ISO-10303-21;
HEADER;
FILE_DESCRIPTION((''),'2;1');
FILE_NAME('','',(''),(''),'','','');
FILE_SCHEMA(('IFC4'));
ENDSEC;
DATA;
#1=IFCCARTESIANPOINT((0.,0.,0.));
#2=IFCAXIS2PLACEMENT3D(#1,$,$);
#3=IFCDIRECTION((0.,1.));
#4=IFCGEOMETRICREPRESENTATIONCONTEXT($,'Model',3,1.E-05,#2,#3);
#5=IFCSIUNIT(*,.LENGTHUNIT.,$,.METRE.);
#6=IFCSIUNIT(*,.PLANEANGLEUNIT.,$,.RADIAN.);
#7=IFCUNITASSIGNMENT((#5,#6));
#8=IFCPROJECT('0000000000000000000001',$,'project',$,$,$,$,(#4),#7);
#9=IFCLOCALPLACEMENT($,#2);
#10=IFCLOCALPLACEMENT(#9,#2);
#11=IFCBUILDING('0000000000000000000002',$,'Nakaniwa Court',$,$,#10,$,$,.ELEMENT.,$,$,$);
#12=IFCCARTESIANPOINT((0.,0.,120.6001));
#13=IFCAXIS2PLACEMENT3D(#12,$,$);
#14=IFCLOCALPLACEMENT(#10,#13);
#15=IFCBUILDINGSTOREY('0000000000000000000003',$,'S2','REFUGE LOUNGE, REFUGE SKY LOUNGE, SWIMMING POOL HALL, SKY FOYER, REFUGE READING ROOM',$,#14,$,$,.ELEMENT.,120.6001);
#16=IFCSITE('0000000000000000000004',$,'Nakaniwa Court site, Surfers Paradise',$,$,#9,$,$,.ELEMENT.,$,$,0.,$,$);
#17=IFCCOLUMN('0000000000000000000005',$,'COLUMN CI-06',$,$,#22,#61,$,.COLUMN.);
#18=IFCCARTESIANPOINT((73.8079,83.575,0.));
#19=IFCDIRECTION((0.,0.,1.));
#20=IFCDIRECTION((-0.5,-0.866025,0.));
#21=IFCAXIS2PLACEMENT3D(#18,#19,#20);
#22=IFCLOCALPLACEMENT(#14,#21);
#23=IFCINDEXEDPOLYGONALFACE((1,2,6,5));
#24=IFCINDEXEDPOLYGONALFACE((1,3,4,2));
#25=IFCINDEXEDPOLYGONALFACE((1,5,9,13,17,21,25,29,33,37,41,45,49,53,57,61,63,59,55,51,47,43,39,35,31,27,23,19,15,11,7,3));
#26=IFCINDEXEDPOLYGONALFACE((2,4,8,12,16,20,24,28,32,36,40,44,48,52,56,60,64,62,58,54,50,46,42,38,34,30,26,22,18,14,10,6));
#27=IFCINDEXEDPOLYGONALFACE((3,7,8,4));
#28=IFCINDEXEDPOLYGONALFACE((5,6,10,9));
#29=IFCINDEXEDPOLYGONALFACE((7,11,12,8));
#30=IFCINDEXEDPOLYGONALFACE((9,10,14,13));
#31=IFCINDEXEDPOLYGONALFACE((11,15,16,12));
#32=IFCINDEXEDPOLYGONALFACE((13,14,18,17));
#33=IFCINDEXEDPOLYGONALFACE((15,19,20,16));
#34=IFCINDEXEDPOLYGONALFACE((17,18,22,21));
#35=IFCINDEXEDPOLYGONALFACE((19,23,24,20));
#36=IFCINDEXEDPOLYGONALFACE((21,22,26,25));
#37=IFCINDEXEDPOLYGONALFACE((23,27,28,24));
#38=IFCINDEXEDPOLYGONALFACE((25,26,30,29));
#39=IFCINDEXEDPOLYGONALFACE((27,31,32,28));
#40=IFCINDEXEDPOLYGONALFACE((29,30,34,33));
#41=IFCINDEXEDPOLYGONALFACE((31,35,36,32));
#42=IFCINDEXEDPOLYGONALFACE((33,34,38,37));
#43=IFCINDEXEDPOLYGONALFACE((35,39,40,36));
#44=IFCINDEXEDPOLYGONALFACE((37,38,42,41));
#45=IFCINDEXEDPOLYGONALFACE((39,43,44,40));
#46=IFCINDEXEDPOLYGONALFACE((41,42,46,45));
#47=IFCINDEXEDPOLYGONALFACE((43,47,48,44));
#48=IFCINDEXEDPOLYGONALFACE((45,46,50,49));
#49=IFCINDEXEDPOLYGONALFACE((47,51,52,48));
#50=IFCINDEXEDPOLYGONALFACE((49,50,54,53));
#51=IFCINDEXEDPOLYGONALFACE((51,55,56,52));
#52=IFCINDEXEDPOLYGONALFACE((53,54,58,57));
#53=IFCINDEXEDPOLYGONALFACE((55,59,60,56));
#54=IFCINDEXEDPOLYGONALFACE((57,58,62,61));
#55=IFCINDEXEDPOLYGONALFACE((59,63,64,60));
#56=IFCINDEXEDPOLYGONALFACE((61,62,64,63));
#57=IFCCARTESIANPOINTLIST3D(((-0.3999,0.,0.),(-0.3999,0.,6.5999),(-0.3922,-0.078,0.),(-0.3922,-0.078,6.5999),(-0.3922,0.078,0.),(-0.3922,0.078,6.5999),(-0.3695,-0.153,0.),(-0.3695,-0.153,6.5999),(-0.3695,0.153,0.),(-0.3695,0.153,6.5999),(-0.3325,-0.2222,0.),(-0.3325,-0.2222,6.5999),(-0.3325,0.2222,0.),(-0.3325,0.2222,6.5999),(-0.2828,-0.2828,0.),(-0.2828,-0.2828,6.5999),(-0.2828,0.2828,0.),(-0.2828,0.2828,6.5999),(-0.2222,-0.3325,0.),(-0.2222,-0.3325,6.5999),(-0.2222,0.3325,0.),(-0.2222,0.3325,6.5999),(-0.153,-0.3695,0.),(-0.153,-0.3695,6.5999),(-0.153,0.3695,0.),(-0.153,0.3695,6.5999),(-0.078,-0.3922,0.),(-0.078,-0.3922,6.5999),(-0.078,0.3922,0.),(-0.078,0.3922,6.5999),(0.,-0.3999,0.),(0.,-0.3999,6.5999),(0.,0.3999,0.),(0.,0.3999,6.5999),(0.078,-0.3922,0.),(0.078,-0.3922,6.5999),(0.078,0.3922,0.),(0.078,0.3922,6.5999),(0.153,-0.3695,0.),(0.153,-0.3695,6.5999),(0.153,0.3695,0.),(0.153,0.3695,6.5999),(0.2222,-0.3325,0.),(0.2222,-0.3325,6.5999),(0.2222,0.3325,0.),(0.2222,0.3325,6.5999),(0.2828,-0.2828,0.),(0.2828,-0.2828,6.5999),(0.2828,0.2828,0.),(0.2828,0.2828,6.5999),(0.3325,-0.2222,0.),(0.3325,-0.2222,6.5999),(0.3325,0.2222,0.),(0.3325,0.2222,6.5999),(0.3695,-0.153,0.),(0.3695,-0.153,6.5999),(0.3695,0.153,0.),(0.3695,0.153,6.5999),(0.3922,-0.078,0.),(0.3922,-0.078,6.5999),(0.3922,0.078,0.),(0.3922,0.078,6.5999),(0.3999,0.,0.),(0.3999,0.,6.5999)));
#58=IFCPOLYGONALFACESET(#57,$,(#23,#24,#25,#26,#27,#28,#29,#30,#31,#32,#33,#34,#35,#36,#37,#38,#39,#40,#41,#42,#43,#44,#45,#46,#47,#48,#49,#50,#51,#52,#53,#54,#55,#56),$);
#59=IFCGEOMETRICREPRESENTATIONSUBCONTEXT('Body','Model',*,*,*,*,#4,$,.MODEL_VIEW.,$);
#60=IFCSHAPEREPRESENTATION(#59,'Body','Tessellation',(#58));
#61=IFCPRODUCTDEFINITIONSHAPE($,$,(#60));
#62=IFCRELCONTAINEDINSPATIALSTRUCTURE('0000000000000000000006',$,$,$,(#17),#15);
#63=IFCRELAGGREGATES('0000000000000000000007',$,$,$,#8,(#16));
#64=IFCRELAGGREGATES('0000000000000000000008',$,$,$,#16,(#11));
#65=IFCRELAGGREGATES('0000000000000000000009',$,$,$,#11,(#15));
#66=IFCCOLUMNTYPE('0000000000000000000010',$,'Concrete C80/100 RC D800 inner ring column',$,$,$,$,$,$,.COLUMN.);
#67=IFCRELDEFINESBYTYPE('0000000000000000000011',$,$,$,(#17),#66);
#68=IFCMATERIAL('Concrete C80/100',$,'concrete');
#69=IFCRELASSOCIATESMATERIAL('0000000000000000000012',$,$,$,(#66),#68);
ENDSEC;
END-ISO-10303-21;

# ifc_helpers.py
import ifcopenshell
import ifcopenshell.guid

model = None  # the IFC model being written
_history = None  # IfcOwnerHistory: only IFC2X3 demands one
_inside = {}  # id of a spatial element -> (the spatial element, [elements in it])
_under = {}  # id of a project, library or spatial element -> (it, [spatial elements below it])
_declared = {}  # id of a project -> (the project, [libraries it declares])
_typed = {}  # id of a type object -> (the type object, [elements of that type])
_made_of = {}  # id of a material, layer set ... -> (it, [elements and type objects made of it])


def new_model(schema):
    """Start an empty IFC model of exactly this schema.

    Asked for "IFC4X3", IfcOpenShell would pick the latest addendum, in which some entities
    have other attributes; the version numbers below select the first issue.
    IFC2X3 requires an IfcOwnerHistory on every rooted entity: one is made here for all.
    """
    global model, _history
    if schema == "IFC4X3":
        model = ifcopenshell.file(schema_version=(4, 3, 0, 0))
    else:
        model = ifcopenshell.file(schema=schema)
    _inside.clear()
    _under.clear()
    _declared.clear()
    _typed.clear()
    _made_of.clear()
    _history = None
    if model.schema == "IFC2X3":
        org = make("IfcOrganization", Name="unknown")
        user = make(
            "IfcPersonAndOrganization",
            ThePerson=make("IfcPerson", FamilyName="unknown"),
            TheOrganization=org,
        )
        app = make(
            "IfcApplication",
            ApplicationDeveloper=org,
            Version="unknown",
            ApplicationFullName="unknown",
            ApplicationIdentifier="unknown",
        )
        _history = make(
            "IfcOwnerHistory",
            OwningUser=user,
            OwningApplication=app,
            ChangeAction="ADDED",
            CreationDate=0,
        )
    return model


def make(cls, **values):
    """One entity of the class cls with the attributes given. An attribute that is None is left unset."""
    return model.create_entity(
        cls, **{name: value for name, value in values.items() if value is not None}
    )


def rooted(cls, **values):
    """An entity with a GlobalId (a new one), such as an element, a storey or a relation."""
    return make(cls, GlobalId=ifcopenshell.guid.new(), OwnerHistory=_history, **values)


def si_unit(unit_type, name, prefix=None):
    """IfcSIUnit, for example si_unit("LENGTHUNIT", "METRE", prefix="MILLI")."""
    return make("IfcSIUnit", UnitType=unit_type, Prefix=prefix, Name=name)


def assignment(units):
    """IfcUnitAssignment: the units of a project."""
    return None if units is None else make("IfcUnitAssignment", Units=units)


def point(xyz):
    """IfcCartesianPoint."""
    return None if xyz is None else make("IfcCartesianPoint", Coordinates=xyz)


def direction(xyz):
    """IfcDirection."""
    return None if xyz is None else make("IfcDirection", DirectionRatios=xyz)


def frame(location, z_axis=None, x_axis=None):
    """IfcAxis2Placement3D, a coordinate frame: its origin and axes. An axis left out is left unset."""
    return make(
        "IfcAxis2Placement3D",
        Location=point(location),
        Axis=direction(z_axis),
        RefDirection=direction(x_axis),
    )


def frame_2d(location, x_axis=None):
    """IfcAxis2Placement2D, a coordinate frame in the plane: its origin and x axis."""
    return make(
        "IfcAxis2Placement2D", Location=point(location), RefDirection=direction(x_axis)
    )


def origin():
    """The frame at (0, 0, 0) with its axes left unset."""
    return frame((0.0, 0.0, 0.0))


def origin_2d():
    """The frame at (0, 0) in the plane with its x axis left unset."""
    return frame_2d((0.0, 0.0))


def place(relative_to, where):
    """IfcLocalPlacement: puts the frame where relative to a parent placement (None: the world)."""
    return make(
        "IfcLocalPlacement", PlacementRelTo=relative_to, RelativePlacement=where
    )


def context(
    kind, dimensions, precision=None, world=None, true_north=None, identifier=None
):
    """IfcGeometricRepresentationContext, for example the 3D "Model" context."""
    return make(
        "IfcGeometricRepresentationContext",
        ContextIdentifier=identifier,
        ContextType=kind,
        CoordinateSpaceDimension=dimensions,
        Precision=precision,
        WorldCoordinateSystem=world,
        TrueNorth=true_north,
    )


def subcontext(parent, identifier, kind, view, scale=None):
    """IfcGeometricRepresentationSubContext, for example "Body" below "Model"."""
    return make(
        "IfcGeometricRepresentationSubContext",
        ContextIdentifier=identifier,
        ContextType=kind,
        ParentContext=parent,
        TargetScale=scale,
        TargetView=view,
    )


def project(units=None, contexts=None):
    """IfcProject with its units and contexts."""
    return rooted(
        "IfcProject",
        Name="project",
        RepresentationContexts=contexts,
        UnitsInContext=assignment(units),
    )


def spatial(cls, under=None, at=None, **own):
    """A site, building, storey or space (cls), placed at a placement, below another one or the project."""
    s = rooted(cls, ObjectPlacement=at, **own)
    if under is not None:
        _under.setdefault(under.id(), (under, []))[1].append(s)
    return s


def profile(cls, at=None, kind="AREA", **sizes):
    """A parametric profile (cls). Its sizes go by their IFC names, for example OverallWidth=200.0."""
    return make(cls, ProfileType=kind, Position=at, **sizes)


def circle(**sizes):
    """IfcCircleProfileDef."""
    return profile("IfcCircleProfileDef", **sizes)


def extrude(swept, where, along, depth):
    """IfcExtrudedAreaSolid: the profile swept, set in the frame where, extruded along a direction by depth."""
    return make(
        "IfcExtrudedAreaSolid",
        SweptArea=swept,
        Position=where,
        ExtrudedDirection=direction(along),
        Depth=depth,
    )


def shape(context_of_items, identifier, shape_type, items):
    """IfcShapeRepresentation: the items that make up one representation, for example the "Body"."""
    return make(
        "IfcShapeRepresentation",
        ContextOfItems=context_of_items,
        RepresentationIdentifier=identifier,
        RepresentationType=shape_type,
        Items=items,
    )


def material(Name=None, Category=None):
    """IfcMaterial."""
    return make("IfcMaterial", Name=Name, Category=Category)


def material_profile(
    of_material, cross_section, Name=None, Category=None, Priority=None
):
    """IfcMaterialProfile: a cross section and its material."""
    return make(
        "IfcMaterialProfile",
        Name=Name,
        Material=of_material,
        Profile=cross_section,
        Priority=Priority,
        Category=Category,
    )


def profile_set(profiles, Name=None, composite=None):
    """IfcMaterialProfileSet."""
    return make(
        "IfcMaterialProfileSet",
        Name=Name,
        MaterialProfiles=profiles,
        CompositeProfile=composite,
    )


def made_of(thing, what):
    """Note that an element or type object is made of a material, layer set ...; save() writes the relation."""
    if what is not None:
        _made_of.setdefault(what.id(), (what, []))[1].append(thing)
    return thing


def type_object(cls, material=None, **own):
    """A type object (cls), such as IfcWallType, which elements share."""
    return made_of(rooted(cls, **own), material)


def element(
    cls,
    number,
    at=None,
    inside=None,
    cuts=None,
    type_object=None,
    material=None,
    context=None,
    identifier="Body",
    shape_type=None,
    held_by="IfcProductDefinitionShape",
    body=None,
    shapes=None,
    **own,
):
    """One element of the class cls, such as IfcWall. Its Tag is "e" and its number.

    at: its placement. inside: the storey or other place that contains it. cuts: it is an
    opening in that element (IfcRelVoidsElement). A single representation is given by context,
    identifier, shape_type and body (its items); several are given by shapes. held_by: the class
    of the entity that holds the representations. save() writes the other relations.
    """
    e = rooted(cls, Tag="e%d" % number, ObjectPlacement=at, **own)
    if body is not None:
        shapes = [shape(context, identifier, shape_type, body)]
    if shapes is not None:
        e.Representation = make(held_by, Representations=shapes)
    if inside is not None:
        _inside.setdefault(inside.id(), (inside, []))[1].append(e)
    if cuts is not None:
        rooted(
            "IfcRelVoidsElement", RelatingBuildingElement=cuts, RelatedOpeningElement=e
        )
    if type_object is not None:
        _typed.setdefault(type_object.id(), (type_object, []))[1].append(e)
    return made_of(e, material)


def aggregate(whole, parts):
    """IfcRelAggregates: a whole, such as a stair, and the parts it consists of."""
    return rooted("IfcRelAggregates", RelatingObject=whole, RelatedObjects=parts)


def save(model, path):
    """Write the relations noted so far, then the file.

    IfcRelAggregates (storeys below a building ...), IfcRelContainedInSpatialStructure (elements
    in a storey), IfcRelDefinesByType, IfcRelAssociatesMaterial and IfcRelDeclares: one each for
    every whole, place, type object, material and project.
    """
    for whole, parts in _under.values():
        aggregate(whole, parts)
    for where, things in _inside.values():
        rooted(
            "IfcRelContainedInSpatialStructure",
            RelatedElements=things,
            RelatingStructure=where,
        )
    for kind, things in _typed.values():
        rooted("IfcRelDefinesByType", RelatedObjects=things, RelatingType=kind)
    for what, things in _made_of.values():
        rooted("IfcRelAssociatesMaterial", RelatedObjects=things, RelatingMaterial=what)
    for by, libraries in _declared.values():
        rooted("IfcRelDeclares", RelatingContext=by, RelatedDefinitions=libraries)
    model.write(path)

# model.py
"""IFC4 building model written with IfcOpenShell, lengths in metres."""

from ifc_helpers import new_model, si_unit, direction, frame, origin, origin_2d, place, context, subcontext, project, spatial, circle, extrude, material, material_profile, profile_set, type_object, element, save


model = new_model("IFC4")

# Units and contexts
model_context = context("Model", 3, precision=1e-05, world=origin(), true_north=direction((0.0, 1.0)))
body_context = subcontext(model_context, "Body", "Model", "MODEL_VIEW")
ifc_project = project(units=[si_unit("LENGTHUNIT", "METRE"), si_unit("PLANEANGLEUNIT", "RADIAN")], contexts=[model_context])

# Site, building, storey
site_placement = place(None, origin())
site = spatial("IfcSite", under=ifc_project, at=site_placement, Name="Nakaniwa Court site, Surfers Paradise", CompositionType="ELEMENT", RefElevation=0.0)
building_placement = place(site_placement, origin())
building = spatial("IfcBuilding", under=site, at=building_placement, Name="Nakaniwa Court", CompositionType="ELEMENT")
storey_placement = place(building_placement, frame((0.0, 0.0, 120.6001)))
storey = spatial("IfcBuildingStorey", under=building, at=storey_placement, Name="S2", Description="REFUGE LOUNGE, REFUGE SKY LOUNGE, SWIMMING POOL HALL, SKY FOYER, REFUGE READING ROOM", CompositionType="ELEMENT", Elevation=120.6001)

# Column
ifc_material_1 = material(Name="Concrete C80/100", Category="concrete")
ifc_material_profile_1 = material_profile(ifc_material_1, circle(Radius=0.3999, at=origin_2d()), Name="Concrete C80/100 RC D800 inner ring column")
ifc_profile_set_1 = profile_set([ifc_material_profile_1], Name="Concrete C80/100")
column_type_1 = type_object("IfcColumnType", Name="Concrete C80/100 RC D800 inner ring column", PredefinedType="COLUMN", material=ifc_profile_set_1)
for number, where, z_axis, x_axis, name in (
    (1, (73.8079, 83.575, 0.0), (0.0, 0.0, 1.0), (-0.5, -0.866025, 0.0), "COLUMN CI-06"),
):
    element("IfcColumn", number, at=place(storey_placement, frame(where, z_axis=z_axis, x_axis=x_axis)), inside=storey, type_object=column_type_1, Name=name, PredefinedType="COLUMN", context=body_context, shape_type="SweptSolid", body=[
        extrude(circle(Radius=0.3999, at=origin_2d()), origin(), (0.0, 0.0, 1.0), 6.5999),
    ])

save(model, "model.ifc")
